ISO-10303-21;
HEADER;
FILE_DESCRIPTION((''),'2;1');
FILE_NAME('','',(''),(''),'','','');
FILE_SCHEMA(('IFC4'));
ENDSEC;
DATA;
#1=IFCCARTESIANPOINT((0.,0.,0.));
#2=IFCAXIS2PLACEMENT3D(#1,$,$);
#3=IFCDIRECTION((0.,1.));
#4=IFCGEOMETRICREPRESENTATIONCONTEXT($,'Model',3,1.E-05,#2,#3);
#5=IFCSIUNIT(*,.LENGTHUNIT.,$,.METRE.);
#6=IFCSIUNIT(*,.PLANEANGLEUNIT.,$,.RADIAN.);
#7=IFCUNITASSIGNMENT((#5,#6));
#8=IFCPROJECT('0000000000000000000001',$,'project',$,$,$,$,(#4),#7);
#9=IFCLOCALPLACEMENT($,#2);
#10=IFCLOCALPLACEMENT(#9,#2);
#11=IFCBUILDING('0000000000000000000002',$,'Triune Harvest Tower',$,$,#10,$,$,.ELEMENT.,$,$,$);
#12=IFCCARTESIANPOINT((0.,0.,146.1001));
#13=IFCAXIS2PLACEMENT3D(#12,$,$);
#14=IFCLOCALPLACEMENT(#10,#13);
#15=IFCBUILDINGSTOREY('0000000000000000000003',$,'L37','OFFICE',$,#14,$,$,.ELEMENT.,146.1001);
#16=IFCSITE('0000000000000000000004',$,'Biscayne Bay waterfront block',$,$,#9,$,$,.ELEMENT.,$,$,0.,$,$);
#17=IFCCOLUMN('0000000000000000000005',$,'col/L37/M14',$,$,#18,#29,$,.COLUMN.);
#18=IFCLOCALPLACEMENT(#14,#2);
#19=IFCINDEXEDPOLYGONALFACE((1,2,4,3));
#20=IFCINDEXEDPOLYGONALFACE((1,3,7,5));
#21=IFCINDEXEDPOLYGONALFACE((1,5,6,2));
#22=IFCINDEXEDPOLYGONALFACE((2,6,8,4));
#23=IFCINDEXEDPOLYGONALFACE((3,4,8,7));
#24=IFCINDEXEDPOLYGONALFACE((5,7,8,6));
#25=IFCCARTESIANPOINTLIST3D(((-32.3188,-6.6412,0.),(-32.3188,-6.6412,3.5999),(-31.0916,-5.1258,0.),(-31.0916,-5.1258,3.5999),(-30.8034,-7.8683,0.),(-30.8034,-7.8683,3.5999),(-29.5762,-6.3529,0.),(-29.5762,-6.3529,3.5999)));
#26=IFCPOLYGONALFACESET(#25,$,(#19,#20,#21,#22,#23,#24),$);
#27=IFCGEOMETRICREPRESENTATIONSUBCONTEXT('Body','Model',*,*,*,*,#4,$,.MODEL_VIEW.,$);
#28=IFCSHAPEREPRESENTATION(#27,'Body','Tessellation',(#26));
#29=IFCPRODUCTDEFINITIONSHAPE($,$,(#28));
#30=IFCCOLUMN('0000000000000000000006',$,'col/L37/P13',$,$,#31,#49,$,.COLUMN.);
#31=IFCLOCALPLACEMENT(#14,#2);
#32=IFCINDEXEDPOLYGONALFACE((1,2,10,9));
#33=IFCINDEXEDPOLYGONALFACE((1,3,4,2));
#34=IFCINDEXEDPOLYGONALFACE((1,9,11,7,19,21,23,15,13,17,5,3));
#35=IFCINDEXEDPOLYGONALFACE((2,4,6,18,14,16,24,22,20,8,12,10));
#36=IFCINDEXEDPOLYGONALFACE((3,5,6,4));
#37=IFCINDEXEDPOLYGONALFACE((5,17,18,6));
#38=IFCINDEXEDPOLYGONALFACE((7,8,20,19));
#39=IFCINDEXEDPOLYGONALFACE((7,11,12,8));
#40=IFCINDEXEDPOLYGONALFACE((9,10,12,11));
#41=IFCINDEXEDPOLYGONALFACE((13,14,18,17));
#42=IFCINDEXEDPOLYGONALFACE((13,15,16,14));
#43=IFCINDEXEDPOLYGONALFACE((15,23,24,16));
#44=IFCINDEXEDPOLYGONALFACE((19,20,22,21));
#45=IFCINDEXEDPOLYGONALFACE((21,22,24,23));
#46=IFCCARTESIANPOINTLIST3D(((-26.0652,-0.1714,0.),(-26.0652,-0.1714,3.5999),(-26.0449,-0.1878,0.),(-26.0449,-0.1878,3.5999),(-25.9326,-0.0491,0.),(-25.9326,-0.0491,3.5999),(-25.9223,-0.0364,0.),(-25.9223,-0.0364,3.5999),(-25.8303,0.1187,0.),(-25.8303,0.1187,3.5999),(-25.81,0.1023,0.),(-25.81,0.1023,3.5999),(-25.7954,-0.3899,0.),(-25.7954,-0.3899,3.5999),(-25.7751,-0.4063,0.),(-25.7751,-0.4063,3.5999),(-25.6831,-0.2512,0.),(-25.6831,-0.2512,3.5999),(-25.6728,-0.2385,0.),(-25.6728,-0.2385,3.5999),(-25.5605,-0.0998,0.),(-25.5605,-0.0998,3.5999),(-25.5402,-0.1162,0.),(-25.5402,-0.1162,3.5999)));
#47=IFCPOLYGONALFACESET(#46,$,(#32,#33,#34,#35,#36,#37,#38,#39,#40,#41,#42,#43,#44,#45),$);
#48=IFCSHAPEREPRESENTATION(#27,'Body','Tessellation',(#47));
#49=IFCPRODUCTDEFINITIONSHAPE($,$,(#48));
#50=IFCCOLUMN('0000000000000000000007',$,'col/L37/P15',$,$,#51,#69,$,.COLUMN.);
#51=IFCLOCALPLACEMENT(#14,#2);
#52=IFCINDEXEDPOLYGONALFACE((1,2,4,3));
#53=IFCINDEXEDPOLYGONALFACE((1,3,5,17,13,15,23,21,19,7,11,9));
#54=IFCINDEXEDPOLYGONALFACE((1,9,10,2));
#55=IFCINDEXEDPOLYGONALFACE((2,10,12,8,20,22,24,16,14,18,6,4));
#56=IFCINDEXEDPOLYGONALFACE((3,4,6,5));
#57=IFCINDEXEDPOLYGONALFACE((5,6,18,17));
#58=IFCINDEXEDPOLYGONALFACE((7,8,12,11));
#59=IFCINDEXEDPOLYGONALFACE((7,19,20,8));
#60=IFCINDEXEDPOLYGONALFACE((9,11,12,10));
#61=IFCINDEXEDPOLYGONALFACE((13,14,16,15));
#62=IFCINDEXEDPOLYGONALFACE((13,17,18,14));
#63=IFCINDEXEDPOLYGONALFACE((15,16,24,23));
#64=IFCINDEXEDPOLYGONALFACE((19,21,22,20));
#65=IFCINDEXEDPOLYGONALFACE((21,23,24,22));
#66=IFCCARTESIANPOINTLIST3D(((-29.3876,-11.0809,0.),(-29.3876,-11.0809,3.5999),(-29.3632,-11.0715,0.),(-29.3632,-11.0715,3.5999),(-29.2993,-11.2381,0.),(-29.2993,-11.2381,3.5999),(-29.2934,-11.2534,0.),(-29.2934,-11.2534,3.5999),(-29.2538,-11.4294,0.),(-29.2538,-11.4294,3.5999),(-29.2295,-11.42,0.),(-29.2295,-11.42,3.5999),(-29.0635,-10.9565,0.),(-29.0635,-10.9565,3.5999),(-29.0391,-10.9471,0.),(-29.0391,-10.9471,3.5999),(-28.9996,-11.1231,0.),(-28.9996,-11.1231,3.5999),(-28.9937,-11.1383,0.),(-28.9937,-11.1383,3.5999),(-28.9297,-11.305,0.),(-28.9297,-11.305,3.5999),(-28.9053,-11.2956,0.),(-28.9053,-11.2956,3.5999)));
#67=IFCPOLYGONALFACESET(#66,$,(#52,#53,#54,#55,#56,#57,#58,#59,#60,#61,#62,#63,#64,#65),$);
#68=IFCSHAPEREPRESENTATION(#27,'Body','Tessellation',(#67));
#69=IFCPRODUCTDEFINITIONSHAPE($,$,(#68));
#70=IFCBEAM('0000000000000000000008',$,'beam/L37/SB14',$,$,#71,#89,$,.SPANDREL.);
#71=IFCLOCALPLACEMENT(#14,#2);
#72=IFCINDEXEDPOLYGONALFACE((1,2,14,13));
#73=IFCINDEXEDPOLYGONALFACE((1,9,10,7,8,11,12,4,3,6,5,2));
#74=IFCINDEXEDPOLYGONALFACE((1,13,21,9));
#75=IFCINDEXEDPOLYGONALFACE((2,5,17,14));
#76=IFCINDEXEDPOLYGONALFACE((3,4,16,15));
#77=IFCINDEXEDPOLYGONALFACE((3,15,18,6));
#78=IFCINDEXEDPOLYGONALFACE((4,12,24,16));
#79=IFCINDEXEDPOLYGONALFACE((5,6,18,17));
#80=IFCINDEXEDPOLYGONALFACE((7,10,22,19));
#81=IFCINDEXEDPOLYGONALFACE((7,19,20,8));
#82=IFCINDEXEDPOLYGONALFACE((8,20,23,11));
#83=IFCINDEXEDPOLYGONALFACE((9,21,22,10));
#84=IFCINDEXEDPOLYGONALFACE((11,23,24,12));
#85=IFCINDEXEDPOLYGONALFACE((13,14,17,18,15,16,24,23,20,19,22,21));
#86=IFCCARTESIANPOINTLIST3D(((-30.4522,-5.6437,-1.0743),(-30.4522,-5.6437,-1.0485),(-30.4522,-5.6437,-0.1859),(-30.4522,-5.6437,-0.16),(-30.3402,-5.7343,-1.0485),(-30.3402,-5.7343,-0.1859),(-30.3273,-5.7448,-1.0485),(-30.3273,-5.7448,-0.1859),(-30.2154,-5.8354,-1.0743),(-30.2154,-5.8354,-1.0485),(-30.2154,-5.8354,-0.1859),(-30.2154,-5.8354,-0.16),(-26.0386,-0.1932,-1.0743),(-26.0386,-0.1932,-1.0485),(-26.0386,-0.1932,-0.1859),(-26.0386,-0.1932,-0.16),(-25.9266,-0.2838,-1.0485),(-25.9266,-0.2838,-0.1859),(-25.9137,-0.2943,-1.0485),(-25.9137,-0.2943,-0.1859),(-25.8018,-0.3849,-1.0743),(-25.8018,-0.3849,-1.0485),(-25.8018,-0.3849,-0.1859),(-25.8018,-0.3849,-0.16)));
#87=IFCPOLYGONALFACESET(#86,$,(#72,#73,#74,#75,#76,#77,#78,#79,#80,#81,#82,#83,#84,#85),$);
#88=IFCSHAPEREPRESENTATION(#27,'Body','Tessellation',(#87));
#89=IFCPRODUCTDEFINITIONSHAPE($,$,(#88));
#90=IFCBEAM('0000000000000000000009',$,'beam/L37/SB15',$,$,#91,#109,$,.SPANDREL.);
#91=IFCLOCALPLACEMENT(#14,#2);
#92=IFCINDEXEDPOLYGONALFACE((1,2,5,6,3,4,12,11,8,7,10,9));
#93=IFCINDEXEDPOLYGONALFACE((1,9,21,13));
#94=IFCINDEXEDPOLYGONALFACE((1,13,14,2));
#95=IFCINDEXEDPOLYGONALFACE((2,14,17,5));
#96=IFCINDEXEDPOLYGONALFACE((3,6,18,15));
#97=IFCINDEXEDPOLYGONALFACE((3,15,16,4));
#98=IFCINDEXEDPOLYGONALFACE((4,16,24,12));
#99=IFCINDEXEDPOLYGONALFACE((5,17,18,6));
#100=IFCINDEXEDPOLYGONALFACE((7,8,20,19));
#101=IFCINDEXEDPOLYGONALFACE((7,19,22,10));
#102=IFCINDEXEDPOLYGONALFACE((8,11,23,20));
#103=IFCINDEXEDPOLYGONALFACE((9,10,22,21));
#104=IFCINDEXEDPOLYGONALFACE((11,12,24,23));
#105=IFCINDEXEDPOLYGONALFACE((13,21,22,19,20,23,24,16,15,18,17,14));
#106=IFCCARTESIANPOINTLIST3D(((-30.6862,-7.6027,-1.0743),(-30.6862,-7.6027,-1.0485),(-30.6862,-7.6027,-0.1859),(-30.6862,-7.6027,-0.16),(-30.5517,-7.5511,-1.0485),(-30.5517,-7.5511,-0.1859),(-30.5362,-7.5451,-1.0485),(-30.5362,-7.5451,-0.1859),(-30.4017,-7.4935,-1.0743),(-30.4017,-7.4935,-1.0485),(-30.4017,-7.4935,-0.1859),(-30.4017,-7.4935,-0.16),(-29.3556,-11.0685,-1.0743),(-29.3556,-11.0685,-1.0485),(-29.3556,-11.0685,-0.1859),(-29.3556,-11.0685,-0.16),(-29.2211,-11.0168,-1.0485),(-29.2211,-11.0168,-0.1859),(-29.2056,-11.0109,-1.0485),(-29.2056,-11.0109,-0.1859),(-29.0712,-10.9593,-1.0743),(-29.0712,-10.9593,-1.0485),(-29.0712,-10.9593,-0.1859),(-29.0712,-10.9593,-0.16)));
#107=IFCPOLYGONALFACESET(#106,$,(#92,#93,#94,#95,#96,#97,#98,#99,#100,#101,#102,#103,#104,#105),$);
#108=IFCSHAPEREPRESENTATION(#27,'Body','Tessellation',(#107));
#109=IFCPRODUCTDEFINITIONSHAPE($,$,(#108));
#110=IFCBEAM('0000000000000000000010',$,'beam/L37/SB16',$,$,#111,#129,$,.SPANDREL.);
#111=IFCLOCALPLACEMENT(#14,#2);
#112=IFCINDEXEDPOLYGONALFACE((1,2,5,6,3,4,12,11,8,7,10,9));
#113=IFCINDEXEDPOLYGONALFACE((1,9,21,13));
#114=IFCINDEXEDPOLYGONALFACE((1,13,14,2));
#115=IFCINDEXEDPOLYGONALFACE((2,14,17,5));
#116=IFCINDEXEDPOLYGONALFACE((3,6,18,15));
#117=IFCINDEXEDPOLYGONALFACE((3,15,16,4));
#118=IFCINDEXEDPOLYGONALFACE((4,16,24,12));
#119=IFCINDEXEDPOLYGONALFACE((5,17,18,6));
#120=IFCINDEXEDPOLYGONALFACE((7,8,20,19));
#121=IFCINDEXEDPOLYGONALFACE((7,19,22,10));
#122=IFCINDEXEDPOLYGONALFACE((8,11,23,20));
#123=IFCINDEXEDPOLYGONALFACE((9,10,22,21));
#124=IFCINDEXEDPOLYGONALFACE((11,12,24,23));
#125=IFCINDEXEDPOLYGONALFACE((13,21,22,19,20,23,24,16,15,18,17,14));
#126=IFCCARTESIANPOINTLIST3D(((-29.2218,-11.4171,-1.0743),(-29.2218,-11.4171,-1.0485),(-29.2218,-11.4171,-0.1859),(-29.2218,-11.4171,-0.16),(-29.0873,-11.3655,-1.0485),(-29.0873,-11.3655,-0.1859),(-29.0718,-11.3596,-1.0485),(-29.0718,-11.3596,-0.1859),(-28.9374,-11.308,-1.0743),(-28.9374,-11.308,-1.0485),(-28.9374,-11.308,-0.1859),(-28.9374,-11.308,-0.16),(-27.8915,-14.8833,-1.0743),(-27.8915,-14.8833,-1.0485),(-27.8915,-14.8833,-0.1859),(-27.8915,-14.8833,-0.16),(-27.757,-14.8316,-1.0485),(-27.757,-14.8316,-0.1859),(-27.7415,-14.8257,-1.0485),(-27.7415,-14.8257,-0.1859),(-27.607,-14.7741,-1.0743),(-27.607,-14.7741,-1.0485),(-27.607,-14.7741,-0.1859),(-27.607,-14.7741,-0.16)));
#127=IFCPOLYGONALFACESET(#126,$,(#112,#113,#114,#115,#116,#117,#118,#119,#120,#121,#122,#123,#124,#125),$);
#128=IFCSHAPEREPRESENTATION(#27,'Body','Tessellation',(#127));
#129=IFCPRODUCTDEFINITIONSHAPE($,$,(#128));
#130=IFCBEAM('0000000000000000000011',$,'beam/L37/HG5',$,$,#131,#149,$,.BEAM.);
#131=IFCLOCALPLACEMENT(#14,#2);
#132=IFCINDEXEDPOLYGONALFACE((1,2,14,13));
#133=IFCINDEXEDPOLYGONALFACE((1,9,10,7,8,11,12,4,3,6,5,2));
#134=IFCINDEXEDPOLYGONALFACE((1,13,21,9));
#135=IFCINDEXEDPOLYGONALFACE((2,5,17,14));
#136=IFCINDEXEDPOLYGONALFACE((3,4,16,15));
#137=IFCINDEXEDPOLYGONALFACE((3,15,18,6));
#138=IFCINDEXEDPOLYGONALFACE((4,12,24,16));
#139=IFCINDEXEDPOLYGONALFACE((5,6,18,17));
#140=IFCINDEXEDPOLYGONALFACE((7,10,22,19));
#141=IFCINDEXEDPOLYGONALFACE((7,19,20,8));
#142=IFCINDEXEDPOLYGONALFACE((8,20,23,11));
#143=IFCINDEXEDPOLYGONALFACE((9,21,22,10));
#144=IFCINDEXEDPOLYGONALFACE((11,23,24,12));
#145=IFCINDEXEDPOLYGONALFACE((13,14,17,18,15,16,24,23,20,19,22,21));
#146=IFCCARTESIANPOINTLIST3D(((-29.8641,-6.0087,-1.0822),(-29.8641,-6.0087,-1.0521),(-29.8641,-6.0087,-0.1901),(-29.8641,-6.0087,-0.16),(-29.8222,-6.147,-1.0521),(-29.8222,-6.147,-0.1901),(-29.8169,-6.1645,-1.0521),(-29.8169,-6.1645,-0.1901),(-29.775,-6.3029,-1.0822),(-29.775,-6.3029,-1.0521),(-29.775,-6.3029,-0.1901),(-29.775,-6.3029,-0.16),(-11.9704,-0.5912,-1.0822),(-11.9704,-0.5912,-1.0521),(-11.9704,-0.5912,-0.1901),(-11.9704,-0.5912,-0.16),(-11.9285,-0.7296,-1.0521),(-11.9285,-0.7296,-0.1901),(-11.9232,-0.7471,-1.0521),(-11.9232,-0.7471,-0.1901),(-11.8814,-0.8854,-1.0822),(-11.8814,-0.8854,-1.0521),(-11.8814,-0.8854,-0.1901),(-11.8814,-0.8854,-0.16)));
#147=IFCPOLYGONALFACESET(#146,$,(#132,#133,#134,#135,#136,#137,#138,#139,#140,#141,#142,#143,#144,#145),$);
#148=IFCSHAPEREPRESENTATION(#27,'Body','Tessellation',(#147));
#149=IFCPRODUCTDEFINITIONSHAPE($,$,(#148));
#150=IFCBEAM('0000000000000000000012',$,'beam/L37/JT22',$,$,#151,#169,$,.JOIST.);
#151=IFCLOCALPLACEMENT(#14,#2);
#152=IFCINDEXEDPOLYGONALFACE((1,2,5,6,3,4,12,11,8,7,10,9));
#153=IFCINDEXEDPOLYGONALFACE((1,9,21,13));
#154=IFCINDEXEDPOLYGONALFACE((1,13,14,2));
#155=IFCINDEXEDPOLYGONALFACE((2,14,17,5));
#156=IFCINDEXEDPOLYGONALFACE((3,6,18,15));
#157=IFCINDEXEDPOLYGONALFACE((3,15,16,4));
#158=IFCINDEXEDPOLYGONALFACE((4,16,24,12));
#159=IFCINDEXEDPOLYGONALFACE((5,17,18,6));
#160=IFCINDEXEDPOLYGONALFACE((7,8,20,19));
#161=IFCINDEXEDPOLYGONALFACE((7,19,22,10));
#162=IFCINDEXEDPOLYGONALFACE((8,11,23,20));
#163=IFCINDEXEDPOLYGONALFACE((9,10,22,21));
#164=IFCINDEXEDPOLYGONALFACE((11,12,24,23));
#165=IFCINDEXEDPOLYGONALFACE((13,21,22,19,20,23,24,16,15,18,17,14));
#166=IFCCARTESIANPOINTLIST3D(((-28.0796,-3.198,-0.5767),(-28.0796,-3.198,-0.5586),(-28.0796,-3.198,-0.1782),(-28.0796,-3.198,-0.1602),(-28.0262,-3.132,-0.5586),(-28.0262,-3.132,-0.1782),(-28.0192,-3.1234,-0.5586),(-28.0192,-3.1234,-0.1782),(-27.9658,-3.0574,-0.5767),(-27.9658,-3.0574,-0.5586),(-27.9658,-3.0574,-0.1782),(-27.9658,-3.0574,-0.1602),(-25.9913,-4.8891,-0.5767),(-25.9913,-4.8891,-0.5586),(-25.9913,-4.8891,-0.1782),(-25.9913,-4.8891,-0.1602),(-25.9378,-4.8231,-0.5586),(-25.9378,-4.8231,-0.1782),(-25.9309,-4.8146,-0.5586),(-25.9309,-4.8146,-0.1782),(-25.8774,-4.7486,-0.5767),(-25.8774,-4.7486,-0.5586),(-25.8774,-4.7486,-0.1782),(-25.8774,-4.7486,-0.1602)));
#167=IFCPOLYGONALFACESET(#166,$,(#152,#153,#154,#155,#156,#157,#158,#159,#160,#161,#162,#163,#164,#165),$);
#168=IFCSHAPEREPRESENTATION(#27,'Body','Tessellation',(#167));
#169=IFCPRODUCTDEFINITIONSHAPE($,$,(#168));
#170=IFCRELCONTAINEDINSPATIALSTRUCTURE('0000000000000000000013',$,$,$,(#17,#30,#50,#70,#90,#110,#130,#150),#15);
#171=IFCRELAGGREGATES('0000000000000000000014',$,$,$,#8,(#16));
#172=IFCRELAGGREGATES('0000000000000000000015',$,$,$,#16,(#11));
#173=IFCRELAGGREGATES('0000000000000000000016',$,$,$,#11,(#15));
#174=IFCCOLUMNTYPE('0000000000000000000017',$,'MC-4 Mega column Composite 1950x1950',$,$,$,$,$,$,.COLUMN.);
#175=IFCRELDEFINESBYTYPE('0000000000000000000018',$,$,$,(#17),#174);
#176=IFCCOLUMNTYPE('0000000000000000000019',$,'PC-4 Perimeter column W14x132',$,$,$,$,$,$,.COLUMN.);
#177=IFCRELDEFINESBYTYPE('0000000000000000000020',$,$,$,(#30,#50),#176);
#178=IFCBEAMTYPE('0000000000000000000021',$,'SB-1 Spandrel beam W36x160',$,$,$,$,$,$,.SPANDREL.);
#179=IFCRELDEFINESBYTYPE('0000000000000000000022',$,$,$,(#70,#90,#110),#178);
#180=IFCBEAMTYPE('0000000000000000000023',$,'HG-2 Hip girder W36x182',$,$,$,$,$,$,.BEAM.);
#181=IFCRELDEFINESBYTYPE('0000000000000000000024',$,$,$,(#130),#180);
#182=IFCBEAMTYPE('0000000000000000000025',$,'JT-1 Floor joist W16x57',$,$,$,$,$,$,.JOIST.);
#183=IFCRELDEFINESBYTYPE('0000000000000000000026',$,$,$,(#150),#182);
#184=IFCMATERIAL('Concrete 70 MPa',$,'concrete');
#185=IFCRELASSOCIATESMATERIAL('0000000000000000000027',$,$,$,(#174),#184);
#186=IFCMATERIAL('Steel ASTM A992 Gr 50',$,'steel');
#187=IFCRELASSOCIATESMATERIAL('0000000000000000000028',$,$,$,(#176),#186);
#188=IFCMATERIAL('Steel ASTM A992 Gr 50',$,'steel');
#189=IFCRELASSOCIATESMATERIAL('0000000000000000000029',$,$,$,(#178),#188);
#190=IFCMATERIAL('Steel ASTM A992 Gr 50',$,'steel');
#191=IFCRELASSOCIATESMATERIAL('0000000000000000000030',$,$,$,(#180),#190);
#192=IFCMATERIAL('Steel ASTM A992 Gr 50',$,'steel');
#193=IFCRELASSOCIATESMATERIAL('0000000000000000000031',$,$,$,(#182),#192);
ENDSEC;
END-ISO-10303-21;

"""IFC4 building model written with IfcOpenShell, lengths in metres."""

from ifc_helpers import new_model, si_unit, direction, frame, origin, origin_2d, place, context, subcontext, project, spatial, rectangle, i_section, extrude, source, transform, mapped, material, material_profile, profile_set, type_object, element, save


model = new_model("IFC4")

# Units and contexts
model_context = context("Model", 3, precision=1e-05, world=origin(), true_north=direction((0.0, 1.0)))
body_context = subcontext(model_context, "Body", "Model", "MODEL_VIEW")
ifc_project = project(units=[si_unit("LENGTHUNIT", "METRE"), si_unit("PLANEANGLEUNIT", "RADIAN")], contexts=[model_context])

# Site, building, storey
site_placement = place(None, origin())
site = spatial("IfcSite", under=ifc_project, at=site_placement, Name="Biscayne Bay waterfront block", CompositionType="ELEMENT", RefElevation=0.0)
building_placement = place(site_placement, origin())
building = spatial("IfcBuilding", under=site, at=building_placement, Name="Triune Harvest Tower", CompositionType="ELEMENT")
storey_placement = place(building_placement, frame((0.0, 0.0, 146.1001)))
storey = spatial("IfcBuildingStorey", under=building, at=storey_placement, Name="L37", Description="OFFICE", CompositionType="ELEMENT", Elevation=146.1001)

# Columns
ifc_material_1 = material(Name="Concrete 70 MPa", Category="concrete")
ifc_material_profile_1 = material_profile(ifc_material_1, rectangle(XDim=1.95, YDim=1.95, at=origin_2d()), Name="Composite 1950x1950")
ifc_profile_set_1 = profile_set([ifc_material_profile_1], Name="Concrete 70 MPa")
column_type_1 = type_object("IfcColumnType", Name="MC-4 Mega column Composite 1950x1950", PredefinedType="COLUMN", material=ifc_profile_set_1)
shared_shape_1 = source(origin(), body_context, "Body", "SweptSolid", [
    extrude(rectangle(XDim=1.95, YDim=1.95, at=origin_2d()), origin(), (0.0, 0.0, 1.0), 3.5999),
])
column_placement = place(storey_placement, frame((-30.9475, -6.4971, 0.0), z_axis=(0.0, 0.0, 1.0), x_axis=(-0.629322, -0.777145, 0.0)))
element("IfcColumn", 1, at=column_placement, inside=storey, type_object=column_type_1, Name="col/L37/M14", PredefinedType="COLUMN", context=body_context, shape_type="MappedRepresentation", body=[
    mapped(shared_shape_1, transform((0.0, 0.0, 0.0), scale=1.0)),
])
ifc_material_2 = material(Name="Steel ASTM A992 Gr 50", Category="steel")
ifc_material_profile_2 = material_profile(ifc_material_2, i_section(OverallWidth=0.3733, OverallDepth=0.3733, WebThickness=0.0164, FlangeThickness=0.0261, at=origin_2d()), Name="W14x132")
ifc_profile_set_2 = profile_set([ifc_material_profile_2], Name="Steel ASTM A992 Gr 50")
column_type_2 = type_object("IfcColumnType", Name="PC-4 Perimeter column W14x132", PredefinedType="COLUMN", material=ifc_profile_set_2)
shared_shape_2 = source(origin(), body_context, "Body", "SweptSolid", [
    extrude(i_section(OverallWidth=0.3733, OverallDepth=0.3733, WebThickness=0.0164, FlangeThickness=0.0261, at=origin_2d()), origin(), (0.0, 0.0, 1.0), 3.5999),
])
for number, where, z_axis, x_axis, name in (
    (2, (-25.8027, -0.1438, 0.0), (0.0, 0.0, 1.0), (-0.629322, -0.777145, 0.0), "col/L37/P13"),
    (3, (-29.1465, -11.1882, 0.0), (0.0, 0.0, 1.0), (0.358366, -0.933581, 0.0), "col/L37/P15"),
):
    element("IfcColumn", number, at=place(storey_placement, frame(where, z_axis=z_axis, x_axis=x_axis)), inside=storey, type_object=column_type_2, Name=name, PredefinedType="COLUMN", context=body_context, shape_type="MappedRepresentation", body=[
        mapped(shared_shape_2, transform((0.0, 0.0, 0.0), scale=1.0)),
    ])

# Beams
ifc_material_3 = material(Name="Steel ASTM A992 Gr 50", Category="steel")
ifc_material_profile_3 = material_profile(ifc_material_3, i_section(OverallWidth=0.3047, OverallDepth=0.9143, WebThickness=0.0166, FlangeThickness=0.0259, at=origin_2d()), Name="W36x160")
ifc_profile_set_3 = profile_set([ifc_material_profile_3], Name="Steel ASTM A992 Gr 50")
beam_type_1 = type_object("IfcBeamType", Name="SB-1 Spandrel beam W36x160", PredefinedType="SPANDREL", material=ifc_profile_set_3)
shared_shape_3 = source(origin(), body_context, "Body", "SweptSolid", [
    extrude(i_section(OverallWidth=0.3047, OverallDepth=0.9143, WebThickness=0.0166, FlangeThickness=0.0259, at=origin_2d()), origin(), (0.0, 0.0, 1.0), 7.0134),
])
beam_1_placement = place(storey_placement, frame((-25.9202, -0.2891, -0.6172), z_axis=(-0.629311, -0.777153, 0.0), x_axis=(0.777153, -0.629311, 0.0)))
element("IfcBeam", 4, at=beam_1_placement, inside=storey, type_object=beam_type_1, Name="beam/L37/SB14", PredefinedType="SPANDREL", context=body_context, shape_type="MappedRepresentation", body=[
    mapped(shared_shape_3, transform((0.0, 0.0, 0.0), scale=1.0)),
])
shared_shape_4 = source(origin(), body_context, "Body", "SweptSolid", [
    extrude(i_section(OverallWidth=0.3047, OverallDepth=0.9143, WebThickness=0.0166, FlangeThickness=0.0259, at=origin_2d()), origin(), (0.0, 0.0, 1.0), 3.7124),
])
beam_2_placement = place(storey_placement, frame((-30.5439, -7.5481, -0.6172), z_axis=(0.358406, -0.933566, 0.0), x_axis=(0.933566, 0.358406, 0.0)))
element("IfcBeam", 5, at=beam_2_placement, inside=storey, type_object=beam_type_1, Name="beam/L37/SB15", PredefinedType="SPANDREL", context=body_context, shape_type="MappedRepresentation", body=[
    mapped(shared_shape_4, transform((0.0, 0.0, 0.0), scale=1.0)),
])
shared_shape_5 = source(origin(), body_context, "Body", "SweptSolid", [
    extrude(i_section(OverallWidth=0.3047, OverallDepth=0.9143, WebThickness=0.0166, FlangeThickness=0.0259, at=origin_2d()), origin(), (0.0, 0.0, 1.0), 3.7126),
])
beam_3_placement = place(storey_placement, frame((-29.0796, -11.3625, -0.6172), z_axis=(0.358327, -0.933596, 0.0), x_axis=(0.933596, 0.358327, 0.0)))
element("IfcBeam", 6, at=beam_3_placement, inside=storey, type_object=beam_type_1, Name="beam/L37/SB16", PredefinedType="SPANDREL", context=body_context, shape_type="MappedRepresentation", body=[
    mapped(shared_shape_5, transform((0.0, 0.0, 0.0), scale=1.0)),
])
ifc_material_4 = material(Name="Steel ASTM A992 Gr 50", Category="steel")
ifc_material_profile_4 = material_profile(ifc_material_4, i_section(OverallWidth=0.3074, OverallDepth=0.9221, WebThickness=0.0183, FlangeThickness=0.03, at=origin_2d()), Name="W36x182")
ifc_profile_set_4 = profile_set([ifc_material_profile_4], Name="Steel ASTM A992 Gr 50")
beam_type_2 = type_object("IfcBeamType", Name="HG-2 Hip girder W36x182", PredefinedType="BEAM", material=ifc_profile_set_4)
shared_shape_6 = source(origin(), body_context, "Body", "SweptSolid", [
    extrude(i_section(OverallWidth=0.3074, OverallDepth=0.9221, WebThickness=0.0183, FlangeThickness=0.03, at=origin_2d()), origin(), (0.0, 0.0, 1.0), 18.6958),
])
beam_4_placement = place(storey_placement, frame((-29.8196, -6.1558, -0.6211), z_axis=(0.957097, 0.289768, 0.0), x_axis=(-0.289768, 0.957097, 0.0)))
element("IfcBeam", 7, at=beam_4_placement, inside=storey, type_object=beam_type_2, Name="beam/L37/HG5", PredefinedType="BEAM", context=body_context, shape_type="MappedRepresentation", body=[
    mapped(shared_shape_6, transform((0.0, 0.0, 0.0), scale=1.0)),
])
ifc_material_5 = material(Name="Steel ASTM A992 Gr 50", Category="steel")
ifc_material_profile_5 = material_profile(ifc_material_5, i_section(OverallWidth=0.1809, OverallDepth=0.4165, WebThickness=0.011, FlangeThickness=0.0181, at=origin_2d()), Name="W16x57")
ifc_profile_set_5 = profile_set([ifc_material_profile_5], Name="Steel ASTM A992 Gr 50")
beam_type_3 = type_object("IfcBeamType", Name="JT-1 Floor joist W16x57", PredefinedType="JOIST", material=ifc_profile_set_5)
shared_shape_7 = source(origin(), body_context, "Body", "SweptSolid", [
    extrude(i_section(OverallWidth=0.1809, OverallDepth=0.4165, WebThickness=0.011, FlangeThickness=0.0181, at=origin_2d()), origin(), (0.0, 0.0, 1.0), 2.6873),
])
beam_5_placement = place(storey_placement, frame((-28.0227, -3.1277, -0.3684), z_axis=(0.777141, -0.629326, 0.0), x_axis=(0.629326, 0.777141, 0.0)))
element("IfcBeam", 8, at=beam_5_placement, inside=storey, type_object=beam_type_3, Name="beam/L37/JT22", PredefinedType="JOIST", context=body_context, shape_type="MappedRepresentation", body=[
    mapped(shared_shape_7, transform((0.0, 0.0, 0.0), scale=1.0)),
])

save(model, "model.ifc")
